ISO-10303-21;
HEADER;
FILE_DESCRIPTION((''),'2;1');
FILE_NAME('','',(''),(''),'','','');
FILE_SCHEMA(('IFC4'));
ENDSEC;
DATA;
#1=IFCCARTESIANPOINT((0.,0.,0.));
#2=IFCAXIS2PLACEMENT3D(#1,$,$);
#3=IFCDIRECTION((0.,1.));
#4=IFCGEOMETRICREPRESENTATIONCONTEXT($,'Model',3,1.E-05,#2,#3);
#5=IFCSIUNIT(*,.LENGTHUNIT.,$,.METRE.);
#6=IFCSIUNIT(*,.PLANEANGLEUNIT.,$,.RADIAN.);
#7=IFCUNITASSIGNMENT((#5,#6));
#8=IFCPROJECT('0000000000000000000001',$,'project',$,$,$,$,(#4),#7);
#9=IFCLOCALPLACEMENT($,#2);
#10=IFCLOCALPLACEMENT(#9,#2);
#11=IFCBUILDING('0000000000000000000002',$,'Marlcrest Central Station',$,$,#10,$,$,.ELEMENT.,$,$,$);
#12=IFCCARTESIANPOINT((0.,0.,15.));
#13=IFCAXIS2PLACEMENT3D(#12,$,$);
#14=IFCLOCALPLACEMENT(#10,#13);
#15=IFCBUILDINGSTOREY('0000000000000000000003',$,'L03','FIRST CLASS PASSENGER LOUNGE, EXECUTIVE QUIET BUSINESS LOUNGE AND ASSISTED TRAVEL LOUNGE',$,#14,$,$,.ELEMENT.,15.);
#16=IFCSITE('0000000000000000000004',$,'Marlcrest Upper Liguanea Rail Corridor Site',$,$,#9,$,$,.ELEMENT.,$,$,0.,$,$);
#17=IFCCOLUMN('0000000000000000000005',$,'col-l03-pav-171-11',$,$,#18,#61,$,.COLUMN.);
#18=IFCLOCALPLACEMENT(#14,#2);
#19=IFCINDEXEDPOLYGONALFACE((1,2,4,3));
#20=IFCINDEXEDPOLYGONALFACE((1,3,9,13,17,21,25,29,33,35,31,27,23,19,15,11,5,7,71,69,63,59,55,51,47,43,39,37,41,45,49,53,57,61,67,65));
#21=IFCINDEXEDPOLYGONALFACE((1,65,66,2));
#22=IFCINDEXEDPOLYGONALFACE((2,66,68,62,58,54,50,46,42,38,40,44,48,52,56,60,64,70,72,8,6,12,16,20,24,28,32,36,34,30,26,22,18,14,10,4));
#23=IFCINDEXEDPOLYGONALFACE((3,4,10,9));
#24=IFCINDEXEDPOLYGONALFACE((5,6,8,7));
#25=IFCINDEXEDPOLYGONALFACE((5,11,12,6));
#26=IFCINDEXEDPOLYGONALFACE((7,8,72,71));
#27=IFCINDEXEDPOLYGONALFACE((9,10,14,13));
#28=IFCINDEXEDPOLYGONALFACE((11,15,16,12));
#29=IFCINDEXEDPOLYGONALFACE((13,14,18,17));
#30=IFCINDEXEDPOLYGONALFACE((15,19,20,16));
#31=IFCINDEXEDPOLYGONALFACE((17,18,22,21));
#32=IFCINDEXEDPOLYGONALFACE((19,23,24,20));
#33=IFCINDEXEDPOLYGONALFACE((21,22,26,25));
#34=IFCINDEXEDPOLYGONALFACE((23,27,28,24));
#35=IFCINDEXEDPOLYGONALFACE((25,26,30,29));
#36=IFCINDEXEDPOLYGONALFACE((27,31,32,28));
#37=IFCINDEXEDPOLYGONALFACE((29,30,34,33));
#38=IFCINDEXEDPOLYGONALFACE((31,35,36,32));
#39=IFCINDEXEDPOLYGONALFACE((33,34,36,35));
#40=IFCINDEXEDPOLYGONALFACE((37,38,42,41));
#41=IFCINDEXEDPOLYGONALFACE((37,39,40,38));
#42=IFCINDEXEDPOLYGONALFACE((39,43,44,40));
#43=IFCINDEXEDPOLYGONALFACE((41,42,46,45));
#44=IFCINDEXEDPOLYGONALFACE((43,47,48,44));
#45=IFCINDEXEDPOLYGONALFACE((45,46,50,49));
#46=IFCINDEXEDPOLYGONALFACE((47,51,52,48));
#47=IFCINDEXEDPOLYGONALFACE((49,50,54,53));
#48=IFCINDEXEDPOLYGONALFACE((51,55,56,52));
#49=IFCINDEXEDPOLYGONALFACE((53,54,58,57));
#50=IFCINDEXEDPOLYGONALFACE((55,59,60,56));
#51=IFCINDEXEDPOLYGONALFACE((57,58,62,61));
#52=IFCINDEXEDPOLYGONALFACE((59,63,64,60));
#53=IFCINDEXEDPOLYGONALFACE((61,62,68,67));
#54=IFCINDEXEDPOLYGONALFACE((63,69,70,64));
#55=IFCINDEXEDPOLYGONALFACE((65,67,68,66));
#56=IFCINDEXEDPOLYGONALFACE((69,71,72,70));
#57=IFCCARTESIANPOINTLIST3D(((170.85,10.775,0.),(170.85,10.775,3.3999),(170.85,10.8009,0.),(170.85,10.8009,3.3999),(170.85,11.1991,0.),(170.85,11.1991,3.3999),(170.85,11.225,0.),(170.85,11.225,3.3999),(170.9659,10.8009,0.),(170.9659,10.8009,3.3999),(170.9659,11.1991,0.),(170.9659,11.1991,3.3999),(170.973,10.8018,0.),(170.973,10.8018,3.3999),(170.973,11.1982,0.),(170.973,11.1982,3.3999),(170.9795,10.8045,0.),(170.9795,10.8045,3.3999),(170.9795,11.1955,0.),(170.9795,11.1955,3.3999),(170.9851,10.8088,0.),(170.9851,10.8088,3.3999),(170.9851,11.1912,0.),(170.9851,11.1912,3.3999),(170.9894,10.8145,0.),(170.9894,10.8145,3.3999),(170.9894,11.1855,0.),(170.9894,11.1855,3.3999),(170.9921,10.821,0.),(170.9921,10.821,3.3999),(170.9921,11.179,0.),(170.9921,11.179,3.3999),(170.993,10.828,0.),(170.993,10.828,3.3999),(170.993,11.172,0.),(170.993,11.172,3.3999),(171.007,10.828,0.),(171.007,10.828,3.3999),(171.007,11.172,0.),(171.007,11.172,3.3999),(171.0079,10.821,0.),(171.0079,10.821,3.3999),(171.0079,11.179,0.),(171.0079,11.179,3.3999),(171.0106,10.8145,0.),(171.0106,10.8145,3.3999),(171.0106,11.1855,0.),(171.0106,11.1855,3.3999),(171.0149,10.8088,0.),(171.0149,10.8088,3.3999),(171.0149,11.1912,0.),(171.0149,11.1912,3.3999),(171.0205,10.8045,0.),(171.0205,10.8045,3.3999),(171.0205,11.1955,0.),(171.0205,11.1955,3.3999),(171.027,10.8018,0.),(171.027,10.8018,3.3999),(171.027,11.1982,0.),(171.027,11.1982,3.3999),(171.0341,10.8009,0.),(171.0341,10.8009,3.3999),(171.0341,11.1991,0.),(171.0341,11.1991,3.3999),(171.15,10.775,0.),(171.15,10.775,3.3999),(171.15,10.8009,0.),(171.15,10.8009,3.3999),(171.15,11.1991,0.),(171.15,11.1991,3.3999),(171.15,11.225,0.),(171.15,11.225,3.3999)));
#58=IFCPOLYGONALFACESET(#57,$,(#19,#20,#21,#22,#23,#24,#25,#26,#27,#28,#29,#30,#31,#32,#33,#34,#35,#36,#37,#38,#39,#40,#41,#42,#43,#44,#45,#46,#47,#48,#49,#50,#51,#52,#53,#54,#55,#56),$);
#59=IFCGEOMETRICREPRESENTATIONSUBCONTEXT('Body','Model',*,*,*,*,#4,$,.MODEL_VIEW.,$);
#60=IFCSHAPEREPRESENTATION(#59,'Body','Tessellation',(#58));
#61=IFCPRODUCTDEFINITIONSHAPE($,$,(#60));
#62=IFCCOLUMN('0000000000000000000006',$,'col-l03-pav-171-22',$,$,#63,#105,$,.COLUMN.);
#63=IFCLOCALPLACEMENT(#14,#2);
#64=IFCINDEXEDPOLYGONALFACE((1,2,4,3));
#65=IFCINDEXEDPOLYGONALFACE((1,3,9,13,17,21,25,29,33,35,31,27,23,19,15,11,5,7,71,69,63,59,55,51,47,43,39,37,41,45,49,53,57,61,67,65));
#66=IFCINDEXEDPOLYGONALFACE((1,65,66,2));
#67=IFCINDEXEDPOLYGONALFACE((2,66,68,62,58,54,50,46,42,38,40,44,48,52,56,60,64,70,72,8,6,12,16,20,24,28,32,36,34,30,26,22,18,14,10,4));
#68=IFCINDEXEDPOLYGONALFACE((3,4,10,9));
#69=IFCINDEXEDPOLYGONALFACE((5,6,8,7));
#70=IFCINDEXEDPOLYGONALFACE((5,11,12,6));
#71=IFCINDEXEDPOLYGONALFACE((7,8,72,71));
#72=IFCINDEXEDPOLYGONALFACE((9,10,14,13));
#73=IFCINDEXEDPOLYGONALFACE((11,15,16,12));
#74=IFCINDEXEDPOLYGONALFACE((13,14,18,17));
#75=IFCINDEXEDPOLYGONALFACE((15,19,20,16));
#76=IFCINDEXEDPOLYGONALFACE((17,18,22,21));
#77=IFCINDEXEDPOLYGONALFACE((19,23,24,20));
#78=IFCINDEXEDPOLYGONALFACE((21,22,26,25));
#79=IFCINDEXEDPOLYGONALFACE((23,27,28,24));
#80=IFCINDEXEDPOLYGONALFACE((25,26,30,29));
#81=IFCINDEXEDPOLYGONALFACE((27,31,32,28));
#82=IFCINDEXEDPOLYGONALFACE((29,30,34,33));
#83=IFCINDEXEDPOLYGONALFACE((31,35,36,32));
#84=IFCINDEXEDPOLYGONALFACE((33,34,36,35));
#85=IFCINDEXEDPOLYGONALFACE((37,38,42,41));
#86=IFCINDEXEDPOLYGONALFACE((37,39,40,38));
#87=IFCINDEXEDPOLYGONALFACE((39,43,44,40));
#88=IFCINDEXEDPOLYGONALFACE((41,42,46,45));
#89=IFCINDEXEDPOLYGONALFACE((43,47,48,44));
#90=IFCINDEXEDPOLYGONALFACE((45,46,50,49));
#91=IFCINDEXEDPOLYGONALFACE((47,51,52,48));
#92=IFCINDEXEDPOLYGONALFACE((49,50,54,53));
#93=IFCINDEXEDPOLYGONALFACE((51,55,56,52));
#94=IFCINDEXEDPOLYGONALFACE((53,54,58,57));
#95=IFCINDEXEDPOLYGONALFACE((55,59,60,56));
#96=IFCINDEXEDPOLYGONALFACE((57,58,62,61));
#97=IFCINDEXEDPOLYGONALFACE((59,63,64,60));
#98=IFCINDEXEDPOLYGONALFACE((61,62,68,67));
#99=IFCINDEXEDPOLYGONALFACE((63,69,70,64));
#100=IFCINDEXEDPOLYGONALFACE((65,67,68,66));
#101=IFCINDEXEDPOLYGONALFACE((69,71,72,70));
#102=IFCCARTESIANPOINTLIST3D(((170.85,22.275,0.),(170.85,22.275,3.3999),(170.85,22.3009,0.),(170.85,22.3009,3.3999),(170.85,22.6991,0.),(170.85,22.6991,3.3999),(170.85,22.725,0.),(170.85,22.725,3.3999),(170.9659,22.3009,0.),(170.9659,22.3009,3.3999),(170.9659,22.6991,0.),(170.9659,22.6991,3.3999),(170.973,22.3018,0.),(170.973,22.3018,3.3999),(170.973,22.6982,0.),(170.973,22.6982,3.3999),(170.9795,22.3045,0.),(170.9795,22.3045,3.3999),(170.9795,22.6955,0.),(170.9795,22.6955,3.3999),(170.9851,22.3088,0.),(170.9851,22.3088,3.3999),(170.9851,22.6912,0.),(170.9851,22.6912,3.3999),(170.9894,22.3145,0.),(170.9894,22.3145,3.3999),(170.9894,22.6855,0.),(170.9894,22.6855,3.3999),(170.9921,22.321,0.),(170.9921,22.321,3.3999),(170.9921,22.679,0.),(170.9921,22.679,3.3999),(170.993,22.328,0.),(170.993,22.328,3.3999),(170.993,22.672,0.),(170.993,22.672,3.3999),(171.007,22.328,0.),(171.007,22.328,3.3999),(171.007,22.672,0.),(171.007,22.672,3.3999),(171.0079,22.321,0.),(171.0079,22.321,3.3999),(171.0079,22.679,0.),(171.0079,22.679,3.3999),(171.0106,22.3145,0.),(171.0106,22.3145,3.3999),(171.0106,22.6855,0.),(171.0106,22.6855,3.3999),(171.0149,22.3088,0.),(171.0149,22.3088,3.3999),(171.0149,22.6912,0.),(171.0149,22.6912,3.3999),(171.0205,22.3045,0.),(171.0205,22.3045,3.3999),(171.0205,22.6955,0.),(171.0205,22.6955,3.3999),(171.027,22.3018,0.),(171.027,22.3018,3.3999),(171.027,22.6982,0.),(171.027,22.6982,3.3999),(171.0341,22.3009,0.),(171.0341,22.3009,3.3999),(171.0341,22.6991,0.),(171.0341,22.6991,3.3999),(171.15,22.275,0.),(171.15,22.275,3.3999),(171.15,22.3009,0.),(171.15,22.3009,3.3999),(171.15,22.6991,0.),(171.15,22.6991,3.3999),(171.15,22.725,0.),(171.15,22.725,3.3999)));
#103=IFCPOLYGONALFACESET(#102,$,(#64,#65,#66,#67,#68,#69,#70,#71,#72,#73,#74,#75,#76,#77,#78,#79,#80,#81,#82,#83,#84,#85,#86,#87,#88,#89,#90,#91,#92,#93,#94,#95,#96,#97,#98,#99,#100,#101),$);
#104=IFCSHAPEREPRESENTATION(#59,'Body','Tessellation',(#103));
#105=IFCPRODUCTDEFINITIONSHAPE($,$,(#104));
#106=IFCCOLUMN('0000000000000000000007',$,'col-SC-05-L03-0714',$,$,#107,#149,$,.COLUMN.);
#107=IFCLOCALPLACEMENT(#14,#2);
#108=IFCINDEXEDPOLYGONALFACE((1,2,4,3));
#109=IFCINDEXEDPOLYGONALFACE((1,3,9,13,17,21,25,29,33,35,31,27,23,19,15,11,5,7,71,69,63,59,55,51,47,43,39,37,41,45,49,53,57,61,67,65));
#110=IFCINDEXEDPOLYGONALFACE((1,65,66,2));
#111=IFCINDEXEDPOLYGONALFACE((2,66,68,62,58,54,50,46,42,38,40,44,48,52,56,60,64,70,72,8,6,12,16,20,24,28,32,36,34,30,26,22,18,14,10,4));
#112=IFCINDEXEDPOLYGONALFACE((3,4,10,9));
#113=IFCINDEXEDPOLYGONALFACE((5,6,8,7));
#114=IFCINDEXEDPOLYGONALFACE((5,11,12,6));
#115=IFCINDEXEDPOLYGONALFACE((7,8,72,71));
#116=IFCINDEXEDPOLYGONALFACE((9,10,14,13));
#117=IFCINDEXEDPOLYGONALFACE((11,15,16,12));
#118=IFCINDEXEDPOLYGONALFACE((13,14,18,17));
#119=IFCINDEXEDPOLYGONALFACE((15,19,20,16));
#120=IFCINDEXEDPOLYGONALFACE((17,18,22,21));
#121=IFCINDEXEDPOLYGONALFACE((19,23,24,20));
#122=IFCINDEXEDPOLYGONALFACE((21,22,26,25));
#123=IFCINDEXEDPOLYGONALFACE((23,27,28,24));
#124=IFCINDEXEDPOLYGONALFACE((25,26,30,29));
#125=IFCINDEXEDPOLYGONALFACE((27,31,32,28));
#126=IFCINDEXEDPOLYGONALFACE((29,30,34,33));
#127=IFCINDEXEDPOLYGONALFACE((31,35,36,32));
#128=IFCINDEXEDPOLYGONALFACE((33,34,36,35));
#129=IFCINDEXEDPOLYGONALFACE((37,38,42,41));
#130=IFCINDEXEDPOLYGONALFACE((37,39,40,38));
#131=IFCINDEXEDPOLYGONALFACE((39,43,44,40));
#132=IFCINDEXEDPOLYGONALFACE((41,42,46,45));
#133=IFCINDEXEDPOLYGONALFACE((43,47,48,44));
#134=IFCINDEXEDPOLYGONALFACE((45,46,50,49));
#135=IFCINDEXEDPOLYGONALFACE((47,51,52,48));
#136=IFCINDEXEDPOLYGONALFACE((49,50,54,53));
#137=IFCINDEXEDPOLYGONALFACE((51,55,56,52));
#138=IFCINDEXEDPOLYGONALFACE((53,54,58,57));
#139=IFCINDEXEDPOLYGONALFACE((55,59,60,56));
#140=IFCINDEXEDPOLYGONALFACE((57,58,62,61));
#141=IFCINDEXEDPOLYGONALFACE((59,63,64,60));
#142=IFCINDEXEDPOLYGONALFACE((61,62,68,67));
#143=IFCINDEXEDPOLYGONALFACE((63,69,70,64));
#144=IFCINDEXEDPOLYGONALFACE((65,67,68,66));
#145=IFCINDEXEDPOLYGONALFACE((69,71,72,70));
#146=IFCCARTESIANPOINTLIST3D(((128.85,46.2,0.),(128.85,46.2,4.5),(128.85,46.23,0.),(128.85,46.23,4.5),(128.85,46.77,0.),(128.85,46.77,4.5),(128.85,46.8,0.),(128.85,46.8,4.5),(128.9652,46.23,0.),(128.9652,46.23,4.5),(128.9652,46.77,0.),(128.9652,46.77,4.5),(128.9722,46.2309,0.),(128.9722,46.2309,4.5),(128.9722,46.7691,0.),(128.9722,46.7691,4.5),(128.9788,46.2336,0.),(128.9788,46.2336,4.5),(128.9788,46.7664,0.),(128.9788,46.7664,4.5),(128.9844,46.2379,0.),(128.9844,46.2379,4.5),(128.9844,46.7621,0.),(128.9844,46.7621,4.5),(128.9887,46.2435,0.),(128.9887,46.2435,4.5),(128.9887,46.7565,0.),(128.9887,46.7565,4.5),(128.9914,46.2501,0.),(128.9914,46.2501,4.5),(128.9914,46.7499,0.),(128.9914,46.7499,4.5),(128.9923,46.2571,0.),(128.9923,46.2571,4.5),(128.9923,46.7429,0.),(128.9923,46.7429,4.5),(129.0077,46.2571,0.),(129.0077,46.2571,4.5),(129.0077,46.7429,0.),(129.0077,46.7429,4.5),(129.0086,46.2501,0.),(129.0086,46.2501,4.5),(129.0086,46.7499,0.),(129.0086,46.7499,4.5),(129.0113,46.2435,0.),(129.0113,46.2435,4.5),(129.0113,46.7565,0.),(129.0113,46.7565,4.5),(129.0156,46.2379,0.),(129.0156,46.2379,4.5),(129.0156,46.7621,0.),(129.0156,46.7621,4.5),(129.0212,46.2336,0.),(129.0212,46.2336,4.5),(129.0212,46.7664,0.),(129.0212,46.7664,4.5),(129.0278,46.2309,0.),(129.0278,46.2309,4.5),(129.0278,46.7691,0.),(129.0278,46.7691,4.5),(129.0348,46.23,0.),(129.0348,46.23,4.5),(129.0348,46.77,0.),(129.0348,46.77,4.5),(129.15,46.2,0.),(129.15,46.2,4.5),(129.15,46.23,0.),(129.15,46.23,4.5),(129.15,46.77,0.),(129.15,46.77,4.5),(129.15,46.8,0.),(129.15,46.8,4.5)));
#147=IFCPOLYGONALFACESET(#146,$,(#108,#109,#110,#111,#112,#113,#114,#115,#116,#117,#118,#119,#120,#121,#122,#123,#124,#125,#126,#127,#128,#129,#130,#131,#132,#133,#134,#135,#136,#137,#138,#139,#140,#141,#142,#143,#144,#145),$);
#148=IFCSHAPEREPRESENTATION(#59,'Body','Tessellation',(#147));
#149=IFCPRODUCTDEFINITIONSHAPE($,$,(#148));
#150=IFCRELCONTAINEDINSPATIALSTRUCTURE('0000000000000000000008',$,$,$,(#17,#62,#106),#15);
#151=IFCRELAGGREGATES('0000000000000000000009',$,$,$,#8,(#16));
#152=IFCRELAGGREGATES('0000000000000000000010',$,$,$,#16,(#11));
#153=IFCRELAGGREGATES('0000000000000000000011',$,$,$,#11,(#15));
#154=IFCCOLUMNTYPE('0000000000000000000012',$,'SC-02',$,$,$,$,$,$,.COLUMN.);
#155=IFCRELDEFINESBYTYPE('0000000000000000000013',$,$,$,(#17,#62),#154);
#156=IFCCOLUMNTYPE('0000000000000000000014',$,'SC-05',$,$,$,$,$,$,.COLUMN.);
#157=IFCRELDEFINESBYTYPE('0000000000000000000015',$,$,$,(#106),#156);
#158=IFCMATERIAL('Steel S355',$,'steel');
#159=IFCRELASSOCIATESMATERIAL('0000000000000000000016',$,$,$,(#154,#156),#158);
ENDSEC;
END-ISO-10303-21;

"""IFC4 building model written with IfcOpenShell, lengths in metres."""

from ifc_helpers import new_model, si_unit, direction, frame, origin, origin_2d, place, context, subcontext, project, spatial, i_section, extrude, material, material_profile, profile_set, type_object, element, save


model = new_model("IFC4")

# Units and contexts
model_context = context("Model", 3, precision=1e-05, world=origin(), true_north=direction((0.0, 1.0)))
body_context = subcontext(model_context, "Body", "Model", "MODEL_VIEW")
ifc_project = project(units=[si_unit("LENGTHUNIT", "METRE"), si_unit("PLANEANGLEUNIT", "RADIAN")], contexts=[model_context])

# Site, building, storey
site_placement = place(None, origin())
site = spatial("IfcSite", under=ifc_project, at=site_placement, Name="Marlcrest Upper Liguanea Rail Corridor Site", CompositionType="ELEMENT", RefElevation=0.0)
building_placement = place(site_placement, origin())
building = spatial("IfcBuilding", under=site, at=building_placement, Name="Marlcrest Central Station", CompositionType="ELEMENT")
storey_placement = place(building_placement, frame((0.0, 0.0, 15.0)))
storey = spatial("IfcBuildingStorey", under=building, at=storey_placement, Name="L03", Description="FIRST CLASS PASSENGER LOUNGE, EXECUTIVE QUIET BUSINESS LOUNGE AND ASSISTED TRAVEL LOUNGE", CompositionType="ELEMENT", Elevation=15.0)

# Columns
ifc_material_1 = material(Name="Steel S355", Category="steel")
ifc_material_profile_1 = material_profile(ifc_material_1, i_section(OverallWidth=0.3, OverallDepth=0.45, WebThickness=0.0139, FlangeThickness=0.0259, FilletRadius=0.0271, at=origin_2d()), Name="HEB 450")
ifc_profile_set_1 = profile_set([ifc_material_profile_1], Name="Steel S355")
column_type_1 = type_object("IfcColumnType", Name="SC-02", PredefinedType="COLUMN", material=ifc_profile_set_1)
for number, where, z_axis, x_axis, name in (
    (1, (171.0, 11.0, 0.0), (0.0, 0.0, 1.0), (1.0, 0.0, 0.0), "col-l03-pav-171-11"),
    (2, (171.0, 22.5, 0.0), (0.0, 0.0, 1.0), (1.0, 0.0, 0.0), "col-l03-pav-171-22"),
):
    element("IfcColumn", number, at=place(storey_placement, frame(where, z_axis=z_axis, x_axis=x_axis)), inside=storey, type_object=column_type_1, Name=name, PredefinedType="COLUMN", context=body_context, shape_type="SweptSolid", body=[
        extrude(i_section(OverallWidth=0.3, OverallDepth=0.45, WebThickness=0.0139, FlangeThickness=0.0259, FilletRadius=0.0271, at=origin_2d()), origin(), (0.0, 0.0, 1.0), 3.3999),
    ])
ifc_material_profile_2 = material_profile(ifc_material_1, i_section(OverallWidth=0.3, OverallDepth=0.6001, WebThickness=0.0154, FlangeThickness=0.03, FilletRadius=0.0271, at=origin_2d()), Name="HEB 600")
ifc_profile_set_2 = profile_set([ifc_material_profile_2], Name="Steel S355")
column_type_2 = type_object("IfcColumnType", Name="SC-05", PredefinedType="COLUMN", material=ifc_profile_set_2)
column_placement = place(storey_placement, frame((129.0, 46.5, 0.0), z_axis=(0.0, 0.0, 1.0), x_axis=(1.0, 0.0, 0.0)))
element("IfcColumn", 3, at=column_placement, inside=storey, type_object=column_type_2, Name="col-SC-05-L03-0714", PredefinedType="COLUMN", context=body_context, shape_type="SweptSolid", body=[
    extrude(i_section(OverallWidth=0.3, OverallDepth=0.6001, WebThickness=0.0154, FlangeThickness=0.03, FilletRadius=0.0271, at=origin_2d()), origin(), (0.0, 0.0, 1.0), 4.5),
])

save(model, "model.ifc")
